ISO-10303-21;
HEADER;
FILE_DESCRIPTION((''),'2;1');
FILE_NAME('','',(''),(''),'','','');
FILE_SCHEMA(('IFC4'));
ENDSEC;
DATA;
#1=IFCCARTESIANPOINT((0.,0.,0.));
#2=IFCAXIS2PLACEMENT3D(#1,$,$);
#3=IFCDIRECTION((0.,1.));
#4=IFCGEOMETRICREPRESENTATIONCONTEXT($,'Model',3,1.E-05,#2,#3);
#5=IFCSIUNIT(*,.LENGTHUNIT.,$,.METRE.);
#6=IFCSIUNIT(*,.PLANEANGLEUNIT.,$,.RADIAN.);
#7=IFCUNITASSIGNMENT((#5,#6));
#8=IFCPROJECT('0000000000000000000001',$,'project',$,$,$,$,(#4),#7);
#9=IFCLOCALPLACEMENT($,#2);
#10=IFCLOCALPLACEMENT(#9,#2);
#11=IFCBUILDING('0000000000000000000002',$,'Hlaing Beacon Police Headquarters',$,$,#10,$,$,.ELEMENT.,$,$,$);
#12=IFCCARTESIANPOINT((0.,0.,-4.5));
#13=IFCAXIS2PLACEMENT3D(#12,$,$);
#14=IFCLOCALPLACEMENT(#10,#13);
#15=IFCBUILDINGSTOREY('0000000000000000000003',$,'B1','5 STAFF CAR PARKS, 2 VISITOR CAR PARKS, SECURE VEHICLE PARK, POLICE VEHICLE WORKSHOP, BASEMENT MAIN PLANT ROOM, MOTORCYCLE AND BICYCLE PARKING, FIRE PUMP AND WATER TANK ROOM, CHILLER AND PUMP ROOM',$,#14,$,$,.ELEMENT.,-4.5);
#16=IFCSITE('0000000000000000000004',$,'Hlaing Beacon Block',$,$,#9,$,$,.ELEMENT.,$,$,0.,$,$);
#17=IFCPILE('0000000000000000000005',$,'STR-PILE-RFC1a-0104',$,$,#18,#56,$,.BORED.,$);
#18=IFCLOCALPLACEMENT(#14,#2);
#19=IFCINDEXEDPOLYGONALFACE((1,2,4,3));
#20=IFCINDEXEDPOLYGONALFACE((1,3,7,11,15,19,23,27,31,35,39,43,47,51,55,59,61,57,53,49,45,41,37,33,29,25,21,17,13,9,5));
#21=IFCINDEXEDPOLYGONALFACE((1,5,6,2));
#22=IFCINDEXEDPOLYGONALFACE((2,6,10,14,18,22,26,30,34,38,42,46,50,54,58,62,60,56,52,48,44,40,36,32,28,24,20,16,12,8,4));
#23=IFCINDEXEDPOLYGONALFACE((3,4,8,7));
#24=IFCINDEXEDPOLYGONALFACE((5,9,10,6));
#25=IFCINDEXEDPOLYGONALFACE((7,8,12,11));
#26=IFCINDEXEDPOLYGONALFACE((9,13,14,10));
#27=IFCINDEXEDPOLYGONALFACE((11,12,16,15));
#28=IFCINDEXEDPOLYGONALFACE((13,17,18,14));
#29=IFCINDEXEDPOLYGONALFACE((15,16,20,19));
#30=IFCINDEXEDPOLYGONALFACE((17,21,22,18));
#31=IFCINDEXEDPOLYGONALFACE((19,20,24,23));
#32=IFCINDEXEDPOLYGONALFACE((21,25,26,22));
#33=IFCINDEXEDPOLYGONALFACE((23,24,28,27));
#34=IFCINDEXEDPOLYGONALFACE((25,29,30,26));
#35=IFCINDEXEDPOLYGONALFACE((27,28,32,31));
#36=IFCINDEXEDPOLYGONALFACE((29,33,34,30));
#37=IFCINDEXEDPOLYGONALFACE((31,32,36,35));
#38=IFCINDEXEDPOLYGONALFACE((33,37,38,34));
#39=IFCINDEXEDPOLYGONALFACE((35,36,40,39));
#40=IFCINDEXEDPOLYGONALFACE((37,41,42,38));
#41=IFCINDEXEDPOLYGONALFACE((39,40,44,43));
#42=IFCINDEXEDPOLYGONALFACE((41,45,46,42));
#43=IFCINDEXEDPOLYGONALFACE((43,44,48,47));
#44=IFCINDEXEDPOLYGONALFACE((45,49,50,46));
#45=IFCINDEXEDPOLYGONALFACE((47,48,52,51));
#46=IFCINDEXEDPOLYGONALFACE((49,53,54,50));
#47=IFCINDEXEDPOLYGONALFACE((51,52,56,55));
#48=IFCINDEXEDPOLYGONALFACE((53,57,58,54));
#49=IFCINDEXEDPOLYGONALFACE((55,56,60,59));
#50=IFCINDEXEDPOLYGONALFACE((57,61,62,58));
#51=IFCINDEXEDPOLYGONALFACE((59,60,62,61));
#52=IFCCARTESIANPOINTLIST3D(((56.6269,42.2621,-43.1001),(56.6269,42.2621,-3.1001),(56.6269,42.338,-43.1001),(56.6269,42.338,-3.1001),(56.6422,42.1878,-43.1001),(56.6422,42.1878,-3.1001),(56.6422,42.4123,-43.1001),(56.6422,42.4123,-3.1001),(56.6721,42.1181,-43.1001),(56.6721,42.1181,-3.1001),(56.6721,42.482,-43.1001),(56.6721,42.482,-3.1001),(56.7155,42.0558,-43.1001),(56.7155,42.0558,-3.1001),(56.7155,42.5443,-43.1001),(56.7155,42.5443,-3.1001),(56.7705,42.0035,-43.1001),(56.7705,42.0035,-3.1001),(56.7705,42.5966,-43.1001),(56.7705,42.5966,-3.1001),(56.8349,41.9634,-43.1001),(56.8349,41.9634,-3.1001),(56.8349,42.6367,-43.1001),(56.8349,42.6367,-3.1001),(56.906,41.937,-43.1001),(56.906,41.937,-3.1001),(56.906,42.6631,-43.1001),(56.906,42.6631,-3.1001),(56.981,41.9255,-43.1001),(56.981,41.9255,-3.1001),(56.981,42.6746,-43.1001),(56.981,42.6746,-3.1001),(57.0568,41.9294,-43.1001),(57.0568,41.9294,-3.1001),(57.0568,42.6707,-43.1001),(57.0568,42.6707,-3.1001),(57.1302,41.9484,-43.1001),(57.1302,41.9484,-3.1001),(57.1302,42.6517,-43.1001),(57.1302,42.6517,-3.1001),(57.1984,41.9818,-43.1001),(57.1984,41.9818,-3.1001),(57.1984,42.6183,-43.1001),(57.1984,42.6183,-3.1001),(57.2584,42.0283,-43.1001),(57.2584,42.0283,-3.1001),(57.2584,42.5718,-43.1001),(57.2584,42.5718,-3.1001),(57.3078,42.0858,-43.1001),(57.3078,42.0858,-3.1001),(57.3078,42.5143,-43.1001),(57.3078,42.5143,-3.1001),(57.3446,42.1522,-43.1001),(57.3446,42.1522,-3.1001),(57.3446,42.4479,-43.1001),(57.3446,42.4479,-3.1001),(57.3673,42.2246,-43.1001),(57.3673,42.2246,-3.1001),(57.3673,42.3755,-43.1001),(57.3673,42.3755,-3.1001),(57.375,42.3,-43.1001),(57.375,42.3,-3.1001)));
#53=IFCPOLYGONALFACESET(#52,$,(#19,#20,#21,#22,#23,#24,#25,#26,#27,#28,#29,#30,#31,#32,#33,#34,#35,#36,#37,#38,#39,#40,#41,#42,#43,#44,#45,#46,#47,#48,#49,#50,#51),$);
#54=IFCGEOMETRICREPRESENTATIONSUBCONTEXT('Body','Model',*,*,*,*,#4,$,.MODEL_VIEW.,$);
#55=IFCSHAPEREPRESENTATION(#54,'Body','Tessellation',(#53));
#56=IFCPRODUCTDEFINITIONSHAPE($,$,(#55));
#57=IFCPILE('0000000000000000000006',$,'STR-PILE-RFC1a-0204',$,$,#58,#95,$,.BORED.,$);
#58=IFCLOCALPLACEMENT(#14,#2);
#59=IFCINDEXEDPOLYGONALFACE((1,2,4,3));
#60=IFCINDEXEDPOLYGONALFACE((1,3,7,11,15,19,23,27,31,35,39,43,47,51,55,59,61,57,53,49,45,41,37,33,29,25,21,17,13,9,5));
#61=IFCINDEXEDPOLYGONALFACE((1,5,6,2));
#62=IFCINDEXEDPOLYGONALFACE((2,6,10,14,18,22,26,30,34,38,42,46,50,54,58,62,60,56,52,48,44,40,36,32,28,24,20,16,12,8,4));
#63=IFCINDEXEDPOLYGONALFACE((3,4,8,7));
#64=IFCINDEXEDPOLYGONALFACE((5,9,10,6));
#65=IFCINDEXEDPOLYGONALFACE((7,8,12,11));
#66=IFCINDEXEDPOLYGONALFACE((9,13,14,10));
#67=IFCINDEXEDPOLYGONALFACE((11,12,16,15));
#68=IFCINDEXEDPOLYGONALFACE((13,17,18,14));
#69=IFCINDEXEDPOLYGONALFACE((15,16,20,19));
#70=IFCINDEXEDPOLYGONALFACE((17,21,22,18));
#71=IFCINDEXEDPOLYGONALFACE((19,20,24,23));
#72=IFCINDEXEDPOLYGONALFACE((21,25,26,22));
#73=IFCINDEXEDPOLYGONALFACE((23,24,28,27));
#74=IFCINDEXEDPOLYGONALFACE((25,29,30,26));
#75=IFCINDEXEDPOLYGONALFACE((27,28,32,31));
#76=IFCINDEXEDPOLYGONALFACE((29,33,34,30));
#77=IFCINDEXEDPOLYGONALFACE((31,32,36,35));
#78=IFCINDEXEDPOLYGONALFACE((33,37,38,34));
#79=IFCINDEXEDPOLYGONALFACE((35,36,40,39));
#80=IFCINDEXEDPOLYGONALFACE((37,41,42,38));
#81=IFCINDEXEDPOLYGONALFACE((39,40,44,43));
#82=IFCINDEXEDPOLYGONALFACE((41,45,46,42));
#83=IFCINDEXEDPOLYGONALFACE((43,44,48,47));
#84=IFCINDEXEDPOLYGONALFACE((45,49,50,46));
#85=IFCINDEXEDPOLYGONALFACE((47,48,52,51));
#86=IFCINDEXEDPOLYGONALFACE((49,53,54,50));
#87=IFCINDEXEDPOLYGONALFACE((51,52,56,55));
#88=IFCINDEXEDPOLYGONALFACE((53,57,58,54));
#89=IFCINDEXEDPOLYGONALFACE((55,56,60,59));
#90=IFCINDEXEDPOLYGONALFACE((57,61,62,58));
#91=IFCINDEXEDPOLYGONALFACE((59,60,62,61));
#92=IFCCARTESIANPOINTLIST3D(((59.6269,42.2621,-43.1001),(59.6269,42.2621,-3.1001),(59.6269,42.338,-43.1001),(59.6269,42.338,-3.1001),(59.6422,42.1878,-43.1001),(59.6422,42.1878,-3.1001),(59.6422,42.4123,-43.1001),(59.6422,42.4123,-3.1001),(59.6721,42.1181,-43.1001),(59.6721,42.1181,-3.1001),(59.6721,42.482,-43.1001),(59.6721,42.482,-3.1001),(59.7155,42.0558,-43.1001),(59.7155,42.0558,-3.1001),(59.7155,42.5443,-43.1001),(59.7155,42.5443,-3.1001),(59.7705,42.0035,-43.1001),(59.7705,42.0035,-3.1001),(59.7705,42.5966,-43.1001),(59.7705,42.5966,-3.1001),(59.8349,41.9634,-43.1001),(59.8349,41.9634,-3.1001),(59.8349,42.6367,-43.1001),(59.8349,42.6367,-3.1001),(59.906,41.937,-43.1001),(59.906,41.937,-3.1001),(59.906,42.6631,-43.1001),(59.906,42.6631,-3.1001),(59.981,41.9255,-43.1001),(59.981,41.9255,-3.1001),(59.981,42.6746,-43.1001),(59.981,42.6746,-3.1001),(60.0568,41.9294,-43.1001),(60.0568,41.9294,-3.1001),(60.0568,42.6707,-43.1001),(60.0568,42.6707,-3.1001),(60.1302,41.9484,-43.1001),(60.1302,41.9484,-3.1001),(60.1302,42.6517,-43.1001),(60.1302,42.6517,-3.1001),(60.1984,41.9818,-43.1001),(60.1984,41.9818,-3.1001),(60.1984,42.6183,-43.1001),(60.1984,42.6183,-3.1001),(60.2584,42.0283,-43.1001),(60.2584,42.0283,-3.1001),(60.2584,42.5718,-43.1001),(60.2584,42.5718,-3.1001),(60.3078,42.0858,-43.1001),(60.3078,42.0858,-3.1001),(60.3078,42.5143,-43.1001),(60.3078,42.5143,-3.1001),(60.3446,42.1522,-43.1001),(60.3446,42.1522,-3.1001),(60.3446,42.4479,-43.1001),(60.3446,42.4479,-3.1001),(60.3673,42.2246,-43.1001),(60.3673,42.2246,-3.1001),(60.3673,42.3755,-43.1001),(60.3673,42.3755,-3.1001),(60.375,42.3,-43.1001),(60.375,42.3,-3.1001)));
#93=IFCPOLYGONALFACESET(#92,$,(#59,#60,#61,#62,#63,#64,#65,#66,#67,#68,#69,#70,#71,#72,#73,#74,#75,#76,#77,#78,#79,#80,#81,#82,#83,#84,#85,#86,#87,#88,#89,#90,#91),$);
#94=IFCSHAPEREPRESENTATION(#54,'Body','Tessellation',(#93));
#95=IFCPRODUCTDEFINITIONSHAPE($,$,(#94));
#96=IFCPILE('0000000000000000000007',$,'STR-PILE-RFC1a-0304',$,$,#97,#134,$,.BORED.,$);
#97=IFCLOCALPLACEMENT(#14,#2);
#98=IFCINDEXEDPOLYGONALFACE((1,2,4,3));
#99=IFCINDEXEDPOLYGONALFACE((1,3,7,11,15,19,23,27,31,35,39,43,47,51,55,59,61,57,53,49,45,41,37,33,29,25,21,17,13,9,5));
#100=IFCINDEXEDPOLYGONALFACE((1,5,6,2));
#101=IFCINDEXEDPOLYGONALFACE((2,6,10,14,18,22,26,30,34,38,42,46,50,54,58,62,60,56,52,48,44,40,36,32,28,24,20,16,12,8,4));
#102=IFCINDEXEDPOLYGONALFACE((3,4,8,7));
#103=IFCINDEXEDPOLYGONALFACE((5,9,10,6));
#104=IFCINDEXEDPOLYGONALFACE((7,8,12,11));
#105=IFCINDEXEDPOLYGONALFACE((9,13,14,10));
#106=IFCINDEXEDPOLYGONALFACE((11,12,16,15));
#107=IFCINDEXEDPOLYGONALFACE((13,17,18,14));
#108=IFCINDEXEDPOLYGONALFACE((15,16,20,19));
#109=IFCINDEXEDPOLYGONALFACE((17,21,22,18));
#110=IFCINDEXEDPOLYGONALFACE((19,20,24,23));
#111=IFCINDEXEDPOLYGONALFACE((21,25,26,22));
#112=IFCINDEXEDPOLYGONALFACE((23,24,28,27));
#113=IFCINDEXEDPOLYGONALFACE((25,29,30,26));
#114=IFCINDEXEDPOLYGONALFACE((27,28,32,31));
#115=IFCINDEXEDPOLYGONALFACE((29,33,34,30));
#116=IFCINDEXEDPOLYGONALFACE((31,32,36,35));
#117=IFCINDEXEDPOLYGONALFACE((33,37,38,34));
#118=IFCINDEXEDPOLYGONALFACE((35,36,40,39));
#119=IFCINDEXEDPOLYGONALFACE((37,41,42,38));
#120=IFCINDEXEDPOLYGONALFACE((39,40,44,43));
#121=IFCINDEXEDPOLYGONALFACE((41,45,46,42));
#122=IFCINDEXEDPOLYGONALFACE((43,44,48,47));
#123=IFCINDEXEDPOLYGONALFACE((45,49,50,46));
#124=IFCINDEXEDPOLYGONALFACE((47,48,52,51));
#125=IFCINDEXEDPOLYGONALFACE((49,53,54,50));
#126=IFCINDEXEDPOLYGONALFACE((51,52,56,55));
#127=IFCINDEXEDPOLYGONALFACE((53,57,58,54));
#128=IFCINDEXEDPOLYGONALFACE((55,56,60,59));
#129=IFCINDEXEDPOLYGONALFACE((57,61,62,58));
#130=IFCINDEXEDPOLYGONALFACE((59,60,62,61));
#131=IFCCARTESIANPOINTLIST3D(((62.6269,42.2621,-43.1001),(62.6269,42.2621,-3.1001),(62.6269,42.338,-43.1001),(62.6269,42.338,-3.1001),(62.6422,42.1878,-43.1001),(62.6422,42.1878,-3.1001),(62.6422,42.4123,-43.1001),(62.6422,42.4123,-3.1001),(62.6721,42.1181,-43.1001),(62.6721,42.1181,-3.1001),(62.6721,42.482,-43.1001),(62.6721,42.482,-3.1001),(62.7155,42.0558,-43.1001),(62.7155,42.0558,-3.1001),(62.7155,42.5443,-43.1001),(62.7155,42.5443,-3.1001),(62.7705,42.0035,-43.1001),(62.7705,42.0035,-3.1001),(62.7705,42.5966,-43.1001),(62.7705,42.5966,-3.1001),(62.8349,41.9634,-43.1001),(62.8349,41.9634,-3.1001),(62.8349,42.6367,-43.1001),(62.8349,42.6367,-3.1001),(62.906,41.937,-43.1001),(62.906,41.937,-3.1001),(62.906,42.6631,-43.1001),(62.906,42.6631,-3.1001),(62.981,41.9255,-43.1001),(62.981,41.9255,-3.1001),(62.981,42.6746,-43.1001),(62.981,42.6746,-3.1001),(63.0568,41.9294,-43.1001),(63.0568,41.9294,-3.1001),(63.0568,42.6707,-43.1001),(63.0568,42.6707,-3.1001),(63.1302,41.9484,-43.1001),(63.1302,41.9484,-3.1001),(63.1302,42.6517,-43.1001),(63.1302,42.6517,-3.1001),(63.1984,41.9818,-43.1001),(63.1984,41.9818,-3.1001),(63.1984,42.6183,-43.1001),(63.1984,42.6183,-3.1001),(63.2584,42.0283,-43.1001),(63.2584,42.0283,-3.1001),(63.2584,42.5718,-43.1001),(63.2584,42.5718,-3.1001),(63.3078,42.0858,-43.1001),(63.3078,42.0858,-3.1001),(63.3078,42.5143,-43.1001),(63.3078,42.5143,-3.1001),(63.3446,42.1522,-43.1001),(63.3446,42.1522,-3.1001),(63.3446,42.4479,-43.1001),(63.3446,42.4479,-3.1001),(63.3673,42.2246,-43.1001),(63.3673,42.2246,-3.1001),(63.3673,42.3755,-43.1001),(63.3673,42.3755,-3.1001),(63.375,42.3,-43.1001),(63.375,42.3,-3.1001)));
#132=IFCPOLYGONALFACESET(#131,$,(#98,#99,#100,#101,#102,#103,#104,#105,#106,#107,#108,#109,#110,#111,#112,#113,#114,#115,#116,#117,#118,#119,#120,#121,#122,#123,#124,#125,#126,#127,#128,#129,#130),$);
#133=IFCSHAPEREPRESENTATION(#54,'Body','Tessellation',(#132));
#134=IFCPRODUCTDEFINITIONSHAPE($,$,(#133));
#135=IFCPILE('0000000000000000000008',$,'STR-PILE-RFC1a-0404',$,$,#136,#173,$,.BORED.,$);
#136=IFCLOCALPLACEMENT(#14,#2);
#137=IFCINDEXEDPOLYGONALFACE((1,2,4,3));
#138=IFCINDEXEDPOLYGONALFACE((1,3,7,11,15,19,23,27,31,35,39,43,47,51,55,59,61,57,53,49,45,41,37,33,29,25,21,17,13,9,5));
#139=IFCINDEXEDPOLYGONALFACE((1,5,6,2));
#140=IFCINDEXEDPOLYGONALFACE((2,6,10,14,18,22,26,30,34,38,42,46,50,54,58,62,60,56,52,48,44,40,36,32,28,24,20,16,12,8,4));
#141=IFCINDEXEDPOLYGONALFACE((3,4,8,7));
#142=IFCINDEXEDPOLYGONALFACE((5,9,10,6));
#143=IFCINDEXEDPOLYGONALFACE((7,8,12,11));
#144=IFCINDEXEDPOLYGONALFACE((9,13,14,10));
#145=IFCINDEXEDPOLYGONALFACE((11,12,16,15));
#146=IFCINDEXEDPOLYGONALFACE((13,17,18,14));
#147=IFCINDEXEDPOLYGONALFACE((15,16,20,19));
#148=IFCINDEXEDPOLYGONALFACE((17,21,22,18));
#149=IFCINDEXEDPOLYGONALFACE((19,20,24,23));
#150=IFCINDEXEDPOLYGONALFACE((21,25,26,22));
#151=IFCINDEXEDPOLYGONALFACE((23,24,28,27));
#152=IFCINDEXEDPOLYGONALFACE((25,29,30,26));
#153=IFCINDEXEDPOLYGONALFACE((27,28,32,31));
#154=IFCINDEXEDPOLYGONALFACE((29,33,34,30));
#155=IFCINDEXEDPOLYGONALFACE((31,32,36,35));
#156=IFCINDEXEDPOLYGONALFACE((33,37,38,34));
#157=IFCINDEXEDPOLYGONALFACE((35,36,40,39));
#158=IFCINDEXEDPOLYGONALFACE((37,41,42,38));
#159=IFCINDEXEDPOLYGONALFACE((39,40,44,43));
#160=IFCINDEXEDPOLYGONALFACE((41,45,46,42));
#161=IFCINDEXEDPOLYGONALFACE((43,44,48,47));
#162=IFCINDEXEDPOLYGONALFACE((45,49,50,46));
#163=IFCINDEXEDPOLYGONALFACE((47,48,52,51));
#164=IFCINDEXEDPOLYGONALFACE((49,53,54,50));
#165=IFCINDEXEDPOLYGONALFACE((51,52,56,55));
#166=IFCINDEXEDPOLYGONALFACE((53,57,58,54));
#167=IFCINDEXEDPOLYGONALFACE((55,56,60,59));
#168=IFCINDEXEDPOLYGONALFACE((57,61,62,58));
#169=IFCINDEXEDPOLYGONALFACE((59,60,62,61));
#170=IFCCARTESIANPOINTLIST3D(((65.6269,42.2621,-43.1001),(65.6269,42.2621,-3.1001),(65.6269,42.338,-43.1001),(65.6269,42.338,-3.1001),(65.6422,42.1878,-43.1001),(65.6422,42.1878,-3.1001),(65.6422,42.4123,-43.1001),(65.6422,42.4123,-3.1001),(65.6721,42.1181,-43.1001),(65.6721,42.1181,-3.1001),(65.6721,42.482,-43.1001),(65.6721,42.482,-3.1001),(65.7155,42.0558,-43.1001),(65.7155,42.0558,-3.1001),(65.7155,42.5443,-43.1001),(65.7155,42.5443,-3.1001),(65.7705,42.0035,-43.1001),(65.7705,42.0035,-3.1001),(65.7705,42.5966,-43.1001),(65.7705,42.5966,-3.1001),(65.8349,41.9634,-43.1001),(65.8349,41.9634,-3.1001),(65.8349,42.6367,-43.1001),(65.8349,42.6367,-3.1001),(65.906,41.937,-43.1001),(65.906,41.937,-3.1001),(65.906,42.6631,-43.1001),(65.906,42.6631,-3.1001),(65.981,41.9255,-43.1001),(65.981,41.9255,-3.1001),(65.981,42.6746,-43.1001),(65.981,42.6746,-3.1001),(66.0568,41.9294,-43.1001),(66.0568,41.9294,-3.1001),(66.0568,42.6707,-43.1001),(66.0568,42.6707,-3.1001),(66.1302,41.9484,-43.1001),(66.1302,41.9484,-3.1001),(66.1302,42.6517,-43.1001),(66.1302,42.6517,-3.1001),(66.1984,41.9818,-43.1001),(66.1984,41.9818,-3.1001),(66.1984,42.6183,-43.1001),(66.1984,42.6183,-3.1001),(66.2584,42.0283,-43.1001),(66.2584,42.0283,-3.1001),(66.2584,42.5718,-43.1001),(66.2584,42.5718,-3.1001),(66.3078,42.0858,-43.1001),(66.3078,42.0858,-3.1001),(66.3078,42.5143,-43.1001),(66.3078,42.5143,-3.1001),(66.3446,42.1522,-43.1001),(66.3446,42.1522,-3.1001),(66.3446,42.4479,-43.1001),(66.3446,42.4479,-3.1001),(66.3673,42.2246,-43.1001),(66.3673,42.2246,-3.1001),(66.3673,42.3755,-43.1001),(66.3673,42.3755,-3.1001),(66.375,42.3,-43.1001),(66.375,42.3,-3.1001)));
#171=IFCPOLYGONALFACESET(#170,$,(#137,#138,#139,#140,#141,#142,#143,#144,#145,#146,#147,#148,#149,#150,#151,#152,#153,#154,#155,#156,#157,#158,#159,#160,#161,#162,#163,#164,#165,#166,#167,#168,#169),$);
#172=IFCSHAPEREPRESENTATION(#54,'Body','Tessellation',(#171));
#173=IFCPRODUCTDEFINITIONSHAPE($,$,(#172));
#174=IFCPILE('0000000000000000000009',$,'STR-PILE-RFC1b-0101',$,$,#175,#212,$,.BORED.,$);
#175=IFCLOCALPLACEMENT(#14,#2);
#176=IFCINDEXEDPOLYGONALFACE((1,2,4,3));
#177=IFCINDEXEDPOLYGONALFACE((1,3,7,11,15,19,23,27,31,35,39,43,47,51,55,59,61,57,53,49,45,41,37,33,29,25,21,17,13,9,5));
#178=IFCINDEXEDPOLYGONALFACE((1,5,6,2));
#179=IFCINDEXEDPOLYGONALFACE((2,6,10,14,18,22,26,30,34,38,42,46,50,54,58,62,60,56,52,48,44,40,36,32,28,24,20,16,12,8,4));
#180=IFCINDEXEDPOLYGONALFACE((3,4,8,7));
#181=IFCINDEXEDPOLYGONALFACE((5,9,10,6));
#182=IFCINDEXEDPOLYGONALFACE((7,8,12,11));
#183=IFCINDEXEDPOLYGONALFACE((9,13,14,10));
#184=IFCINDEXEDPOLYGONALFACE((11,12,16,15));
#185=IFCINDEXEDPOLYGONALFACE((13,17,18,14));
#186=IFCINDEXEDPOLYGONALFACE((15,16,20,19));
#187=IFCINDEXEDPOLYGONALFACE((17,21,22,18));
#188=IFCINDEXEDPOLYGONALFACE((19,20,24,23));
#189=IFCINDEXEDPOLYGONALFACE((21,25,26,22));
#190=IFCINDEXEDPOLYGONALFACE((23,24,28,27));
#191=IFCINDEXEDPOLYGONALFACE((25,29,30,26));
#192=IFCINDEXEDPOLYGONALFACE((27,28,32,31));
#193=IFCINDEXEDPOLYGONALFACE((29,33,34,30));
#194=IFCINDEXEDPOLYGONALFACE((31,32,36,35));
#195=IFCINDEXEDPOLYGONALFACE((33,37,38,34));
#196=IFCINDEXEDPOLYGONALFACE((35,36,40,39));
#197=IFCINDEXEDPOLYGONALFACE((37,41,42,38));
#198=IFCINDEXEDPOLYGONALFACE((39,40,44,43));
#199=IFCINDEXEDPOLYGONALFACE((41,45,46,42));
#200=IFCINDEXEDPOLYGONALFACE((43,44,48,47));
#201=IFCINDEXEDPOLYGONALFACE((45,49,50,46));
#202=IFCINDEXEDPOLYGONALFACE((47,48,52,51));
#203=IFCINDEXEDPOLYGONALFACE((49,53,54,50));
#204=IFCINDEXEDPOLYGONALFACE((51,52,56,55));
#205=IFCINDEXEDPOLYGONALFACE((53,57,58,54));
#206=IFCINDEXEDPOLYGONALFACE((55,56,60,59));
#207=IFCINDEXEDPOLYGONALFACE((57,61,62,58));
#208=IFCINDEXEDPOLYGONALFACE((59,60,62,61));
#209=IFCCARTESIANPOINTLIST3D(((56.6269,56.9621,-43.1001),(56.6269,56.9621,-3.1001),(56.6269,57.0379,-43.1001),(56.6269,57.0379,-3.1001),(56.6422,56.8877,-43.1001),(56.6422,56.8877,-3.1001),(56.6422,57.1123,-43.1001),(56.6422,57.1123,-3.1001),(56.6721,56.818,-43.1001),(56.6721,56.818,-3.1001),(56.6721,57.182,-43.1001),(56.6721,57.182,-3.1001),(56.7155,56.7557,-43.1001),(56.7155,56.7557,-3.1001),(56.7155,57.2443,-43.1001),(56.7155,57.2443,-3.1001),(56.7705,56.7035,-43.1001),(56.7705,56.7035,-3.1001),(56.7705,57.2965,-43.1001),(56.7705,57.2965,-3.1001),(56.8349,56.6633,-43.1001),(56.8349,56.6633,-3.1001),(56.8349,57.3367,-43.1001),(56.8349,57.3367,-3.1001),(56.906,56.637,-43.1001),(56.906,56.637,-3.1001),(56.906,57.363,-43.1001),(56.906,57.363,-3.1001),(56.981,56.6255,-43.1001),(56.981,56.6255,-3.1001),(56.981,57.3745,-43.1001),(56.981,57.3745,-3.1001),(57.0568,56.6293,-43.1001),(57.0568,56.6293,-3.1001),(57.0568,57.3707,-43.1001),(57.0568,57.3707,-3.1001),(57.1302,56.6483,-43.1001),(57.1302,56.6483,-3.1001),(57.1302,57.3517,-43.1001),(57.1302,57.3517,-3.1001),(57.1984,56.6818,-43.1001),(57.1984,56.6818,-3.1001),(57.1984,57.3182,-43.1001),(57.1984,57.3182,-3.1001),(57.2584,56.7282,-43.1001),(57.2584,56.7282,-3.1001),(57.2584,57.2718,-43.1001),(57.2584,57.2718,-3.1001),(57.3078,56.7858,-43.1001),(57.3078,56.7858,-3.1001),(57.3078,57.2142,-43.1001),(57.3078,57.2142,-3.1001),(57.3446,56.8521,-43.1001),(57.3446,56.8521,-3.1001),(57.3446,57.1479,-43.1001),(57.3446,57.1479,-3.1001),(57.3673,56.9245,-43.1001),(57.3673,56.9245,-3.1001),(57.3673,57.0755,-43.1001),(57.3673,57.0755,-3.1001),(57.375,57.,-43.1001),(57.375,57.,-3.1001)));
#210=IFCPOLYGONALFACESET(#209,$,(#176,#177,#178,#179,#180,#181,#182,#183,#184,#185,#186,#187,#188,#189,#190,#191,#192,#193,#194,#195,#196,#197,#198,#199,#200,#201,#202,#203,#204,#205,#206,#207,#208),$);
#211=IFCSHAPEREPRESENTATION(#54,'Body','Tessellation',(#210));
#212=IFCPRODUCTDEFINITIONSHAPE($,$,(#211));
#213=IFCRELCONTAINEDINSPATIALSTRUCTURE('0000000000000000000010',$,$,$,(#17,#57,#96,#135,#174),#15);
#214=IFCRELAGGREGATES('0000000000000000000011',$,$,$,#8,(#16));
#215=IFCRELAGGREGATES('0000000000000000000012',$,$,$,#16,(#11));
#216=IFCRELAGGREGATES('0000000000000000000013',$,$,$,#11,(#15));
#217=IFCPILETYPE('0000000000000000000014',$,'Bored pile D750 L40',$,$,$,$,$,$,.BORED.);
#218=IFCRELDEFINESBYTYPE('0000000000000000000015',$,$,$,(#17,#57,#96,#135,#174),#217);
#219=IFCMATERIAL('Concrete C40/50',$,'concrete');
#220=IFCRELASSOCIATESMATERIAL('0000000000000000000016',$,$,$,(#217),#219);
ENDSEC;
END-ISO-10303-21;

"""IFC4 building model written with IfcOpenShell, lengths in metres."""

from ifc_helpers import new_model, si_unit, direction, frame, origin, origin_2d, place, context, subcontext, project, spatial, circle, extrude, material, material_profile, profile_set, type_object, element, save


model = new_model("IFC4")

# Units and contexts
model_context = context("Model", 3, precision=1e-05, world=origin(), true_north=direction((0.0, 1.0)))
body_context = subcontext(model_context, "Body", "Model", "MODEL_VIEW")
ifc_project = project(units=[si_unit("LENGTHUNIT", "METRE"), si_unit("PLANEANGLEUNIT", "RADIAN")], contexts=[model_context])

# Site, building, storey
site_placement = place(None, origin())
site = spatial("IfcSite", under=ifc_project, at=site_placement, Name="Hlaing Beacon Block", CompositionType="ELEMENT", RefElevation=0.0)
building_placement = place(site_placement, origin())
building = spatial("IfcBuilding", under=site, at=building_placement, Name="Hlaing Beacon Police Headquarters", CompositionType="ELEMENT")
storey_placement = place(building_placement, frame((0.0, 0.0, -4.5)))
storey = spatial("IfcBuildingStorey", under=building, at=storey_placement, Name="B1", Description="5 STAFF CAR PARKS, 2 VISITOR CAR PARKS, SECURE VEHICLE PARK, POLICE VEHICLE WORKSHOP, BASEMENT MAIN PLANT ROOM, MOTORCYCLE AND BICYCLE PARKING, FIRE PUMP AND WATER TANK ROOM, CHILLER AND PUMP ROOM", CompositionType="ELEMENT", Elevation=-4.5)

# Piles
ifc_material_1 = material(Name="Concrete C40/50", Category="concrete")
ifc_material_profile_1 = material_profile(ifc_material_1, circle(Radius=0.375, at=origin_2d()), Name="D750")
ifc_profile_set_1 = profile_set([ifc_material_profile_1], Name="Concrete C40/50")
pile_type_1 = type_object("IfcPileType", Name="Bored pile D750 L40", PredefinedType="BORED", material=ifc_profile_set_1)
for number, where, z_axis, x_axis, name in (
    (1, (57.0, 42.3, -3.1001), (0.0, 0.0, -1.0), (1.0, 0.0, 0.0), "STR-PILE-RFC1a-0104"),
    (2, (60.0, 42.3, -3.1001), (0.0, 0.0, -1.0), (1.0, 0.0, 0.0), "STR-PILE-RFC1a-0204"),
    (3, (63.0, 42.3, -3.1001), (0.0, 0.0, -1.0), (1.0, 0.0, 0.0), "STR-PILE-RFC1a-0304"),
    (4, (66.0, 42.3, -3.1001), (0.0, 0.0, -1.0), (1.0, 0.0, 0.0), "STR-PILE-RFC1a-0404"),
    (5, (57.0, 57.0, -3.1001), (0.0, 0.0, -1.0), (1.0, 0.0, 0.0), "STR-PILE-RFC1b-0101"),
):
    element("IfcPile", number, at=place(storey_placement, frame(where, z_axis=z_axis, x_axis=x_axis)), inside=storey, type_object=pile_type_1, Name=name, PredefinedType="BORED", context=body_context, shape_type="SweptSolid", body=[
        extrude(circle(Radius=0.375, at=origin_2d()), origin(), (0.0, 0.0, 1.0), 40.0),
    ])

save(model, "model.ifc")
